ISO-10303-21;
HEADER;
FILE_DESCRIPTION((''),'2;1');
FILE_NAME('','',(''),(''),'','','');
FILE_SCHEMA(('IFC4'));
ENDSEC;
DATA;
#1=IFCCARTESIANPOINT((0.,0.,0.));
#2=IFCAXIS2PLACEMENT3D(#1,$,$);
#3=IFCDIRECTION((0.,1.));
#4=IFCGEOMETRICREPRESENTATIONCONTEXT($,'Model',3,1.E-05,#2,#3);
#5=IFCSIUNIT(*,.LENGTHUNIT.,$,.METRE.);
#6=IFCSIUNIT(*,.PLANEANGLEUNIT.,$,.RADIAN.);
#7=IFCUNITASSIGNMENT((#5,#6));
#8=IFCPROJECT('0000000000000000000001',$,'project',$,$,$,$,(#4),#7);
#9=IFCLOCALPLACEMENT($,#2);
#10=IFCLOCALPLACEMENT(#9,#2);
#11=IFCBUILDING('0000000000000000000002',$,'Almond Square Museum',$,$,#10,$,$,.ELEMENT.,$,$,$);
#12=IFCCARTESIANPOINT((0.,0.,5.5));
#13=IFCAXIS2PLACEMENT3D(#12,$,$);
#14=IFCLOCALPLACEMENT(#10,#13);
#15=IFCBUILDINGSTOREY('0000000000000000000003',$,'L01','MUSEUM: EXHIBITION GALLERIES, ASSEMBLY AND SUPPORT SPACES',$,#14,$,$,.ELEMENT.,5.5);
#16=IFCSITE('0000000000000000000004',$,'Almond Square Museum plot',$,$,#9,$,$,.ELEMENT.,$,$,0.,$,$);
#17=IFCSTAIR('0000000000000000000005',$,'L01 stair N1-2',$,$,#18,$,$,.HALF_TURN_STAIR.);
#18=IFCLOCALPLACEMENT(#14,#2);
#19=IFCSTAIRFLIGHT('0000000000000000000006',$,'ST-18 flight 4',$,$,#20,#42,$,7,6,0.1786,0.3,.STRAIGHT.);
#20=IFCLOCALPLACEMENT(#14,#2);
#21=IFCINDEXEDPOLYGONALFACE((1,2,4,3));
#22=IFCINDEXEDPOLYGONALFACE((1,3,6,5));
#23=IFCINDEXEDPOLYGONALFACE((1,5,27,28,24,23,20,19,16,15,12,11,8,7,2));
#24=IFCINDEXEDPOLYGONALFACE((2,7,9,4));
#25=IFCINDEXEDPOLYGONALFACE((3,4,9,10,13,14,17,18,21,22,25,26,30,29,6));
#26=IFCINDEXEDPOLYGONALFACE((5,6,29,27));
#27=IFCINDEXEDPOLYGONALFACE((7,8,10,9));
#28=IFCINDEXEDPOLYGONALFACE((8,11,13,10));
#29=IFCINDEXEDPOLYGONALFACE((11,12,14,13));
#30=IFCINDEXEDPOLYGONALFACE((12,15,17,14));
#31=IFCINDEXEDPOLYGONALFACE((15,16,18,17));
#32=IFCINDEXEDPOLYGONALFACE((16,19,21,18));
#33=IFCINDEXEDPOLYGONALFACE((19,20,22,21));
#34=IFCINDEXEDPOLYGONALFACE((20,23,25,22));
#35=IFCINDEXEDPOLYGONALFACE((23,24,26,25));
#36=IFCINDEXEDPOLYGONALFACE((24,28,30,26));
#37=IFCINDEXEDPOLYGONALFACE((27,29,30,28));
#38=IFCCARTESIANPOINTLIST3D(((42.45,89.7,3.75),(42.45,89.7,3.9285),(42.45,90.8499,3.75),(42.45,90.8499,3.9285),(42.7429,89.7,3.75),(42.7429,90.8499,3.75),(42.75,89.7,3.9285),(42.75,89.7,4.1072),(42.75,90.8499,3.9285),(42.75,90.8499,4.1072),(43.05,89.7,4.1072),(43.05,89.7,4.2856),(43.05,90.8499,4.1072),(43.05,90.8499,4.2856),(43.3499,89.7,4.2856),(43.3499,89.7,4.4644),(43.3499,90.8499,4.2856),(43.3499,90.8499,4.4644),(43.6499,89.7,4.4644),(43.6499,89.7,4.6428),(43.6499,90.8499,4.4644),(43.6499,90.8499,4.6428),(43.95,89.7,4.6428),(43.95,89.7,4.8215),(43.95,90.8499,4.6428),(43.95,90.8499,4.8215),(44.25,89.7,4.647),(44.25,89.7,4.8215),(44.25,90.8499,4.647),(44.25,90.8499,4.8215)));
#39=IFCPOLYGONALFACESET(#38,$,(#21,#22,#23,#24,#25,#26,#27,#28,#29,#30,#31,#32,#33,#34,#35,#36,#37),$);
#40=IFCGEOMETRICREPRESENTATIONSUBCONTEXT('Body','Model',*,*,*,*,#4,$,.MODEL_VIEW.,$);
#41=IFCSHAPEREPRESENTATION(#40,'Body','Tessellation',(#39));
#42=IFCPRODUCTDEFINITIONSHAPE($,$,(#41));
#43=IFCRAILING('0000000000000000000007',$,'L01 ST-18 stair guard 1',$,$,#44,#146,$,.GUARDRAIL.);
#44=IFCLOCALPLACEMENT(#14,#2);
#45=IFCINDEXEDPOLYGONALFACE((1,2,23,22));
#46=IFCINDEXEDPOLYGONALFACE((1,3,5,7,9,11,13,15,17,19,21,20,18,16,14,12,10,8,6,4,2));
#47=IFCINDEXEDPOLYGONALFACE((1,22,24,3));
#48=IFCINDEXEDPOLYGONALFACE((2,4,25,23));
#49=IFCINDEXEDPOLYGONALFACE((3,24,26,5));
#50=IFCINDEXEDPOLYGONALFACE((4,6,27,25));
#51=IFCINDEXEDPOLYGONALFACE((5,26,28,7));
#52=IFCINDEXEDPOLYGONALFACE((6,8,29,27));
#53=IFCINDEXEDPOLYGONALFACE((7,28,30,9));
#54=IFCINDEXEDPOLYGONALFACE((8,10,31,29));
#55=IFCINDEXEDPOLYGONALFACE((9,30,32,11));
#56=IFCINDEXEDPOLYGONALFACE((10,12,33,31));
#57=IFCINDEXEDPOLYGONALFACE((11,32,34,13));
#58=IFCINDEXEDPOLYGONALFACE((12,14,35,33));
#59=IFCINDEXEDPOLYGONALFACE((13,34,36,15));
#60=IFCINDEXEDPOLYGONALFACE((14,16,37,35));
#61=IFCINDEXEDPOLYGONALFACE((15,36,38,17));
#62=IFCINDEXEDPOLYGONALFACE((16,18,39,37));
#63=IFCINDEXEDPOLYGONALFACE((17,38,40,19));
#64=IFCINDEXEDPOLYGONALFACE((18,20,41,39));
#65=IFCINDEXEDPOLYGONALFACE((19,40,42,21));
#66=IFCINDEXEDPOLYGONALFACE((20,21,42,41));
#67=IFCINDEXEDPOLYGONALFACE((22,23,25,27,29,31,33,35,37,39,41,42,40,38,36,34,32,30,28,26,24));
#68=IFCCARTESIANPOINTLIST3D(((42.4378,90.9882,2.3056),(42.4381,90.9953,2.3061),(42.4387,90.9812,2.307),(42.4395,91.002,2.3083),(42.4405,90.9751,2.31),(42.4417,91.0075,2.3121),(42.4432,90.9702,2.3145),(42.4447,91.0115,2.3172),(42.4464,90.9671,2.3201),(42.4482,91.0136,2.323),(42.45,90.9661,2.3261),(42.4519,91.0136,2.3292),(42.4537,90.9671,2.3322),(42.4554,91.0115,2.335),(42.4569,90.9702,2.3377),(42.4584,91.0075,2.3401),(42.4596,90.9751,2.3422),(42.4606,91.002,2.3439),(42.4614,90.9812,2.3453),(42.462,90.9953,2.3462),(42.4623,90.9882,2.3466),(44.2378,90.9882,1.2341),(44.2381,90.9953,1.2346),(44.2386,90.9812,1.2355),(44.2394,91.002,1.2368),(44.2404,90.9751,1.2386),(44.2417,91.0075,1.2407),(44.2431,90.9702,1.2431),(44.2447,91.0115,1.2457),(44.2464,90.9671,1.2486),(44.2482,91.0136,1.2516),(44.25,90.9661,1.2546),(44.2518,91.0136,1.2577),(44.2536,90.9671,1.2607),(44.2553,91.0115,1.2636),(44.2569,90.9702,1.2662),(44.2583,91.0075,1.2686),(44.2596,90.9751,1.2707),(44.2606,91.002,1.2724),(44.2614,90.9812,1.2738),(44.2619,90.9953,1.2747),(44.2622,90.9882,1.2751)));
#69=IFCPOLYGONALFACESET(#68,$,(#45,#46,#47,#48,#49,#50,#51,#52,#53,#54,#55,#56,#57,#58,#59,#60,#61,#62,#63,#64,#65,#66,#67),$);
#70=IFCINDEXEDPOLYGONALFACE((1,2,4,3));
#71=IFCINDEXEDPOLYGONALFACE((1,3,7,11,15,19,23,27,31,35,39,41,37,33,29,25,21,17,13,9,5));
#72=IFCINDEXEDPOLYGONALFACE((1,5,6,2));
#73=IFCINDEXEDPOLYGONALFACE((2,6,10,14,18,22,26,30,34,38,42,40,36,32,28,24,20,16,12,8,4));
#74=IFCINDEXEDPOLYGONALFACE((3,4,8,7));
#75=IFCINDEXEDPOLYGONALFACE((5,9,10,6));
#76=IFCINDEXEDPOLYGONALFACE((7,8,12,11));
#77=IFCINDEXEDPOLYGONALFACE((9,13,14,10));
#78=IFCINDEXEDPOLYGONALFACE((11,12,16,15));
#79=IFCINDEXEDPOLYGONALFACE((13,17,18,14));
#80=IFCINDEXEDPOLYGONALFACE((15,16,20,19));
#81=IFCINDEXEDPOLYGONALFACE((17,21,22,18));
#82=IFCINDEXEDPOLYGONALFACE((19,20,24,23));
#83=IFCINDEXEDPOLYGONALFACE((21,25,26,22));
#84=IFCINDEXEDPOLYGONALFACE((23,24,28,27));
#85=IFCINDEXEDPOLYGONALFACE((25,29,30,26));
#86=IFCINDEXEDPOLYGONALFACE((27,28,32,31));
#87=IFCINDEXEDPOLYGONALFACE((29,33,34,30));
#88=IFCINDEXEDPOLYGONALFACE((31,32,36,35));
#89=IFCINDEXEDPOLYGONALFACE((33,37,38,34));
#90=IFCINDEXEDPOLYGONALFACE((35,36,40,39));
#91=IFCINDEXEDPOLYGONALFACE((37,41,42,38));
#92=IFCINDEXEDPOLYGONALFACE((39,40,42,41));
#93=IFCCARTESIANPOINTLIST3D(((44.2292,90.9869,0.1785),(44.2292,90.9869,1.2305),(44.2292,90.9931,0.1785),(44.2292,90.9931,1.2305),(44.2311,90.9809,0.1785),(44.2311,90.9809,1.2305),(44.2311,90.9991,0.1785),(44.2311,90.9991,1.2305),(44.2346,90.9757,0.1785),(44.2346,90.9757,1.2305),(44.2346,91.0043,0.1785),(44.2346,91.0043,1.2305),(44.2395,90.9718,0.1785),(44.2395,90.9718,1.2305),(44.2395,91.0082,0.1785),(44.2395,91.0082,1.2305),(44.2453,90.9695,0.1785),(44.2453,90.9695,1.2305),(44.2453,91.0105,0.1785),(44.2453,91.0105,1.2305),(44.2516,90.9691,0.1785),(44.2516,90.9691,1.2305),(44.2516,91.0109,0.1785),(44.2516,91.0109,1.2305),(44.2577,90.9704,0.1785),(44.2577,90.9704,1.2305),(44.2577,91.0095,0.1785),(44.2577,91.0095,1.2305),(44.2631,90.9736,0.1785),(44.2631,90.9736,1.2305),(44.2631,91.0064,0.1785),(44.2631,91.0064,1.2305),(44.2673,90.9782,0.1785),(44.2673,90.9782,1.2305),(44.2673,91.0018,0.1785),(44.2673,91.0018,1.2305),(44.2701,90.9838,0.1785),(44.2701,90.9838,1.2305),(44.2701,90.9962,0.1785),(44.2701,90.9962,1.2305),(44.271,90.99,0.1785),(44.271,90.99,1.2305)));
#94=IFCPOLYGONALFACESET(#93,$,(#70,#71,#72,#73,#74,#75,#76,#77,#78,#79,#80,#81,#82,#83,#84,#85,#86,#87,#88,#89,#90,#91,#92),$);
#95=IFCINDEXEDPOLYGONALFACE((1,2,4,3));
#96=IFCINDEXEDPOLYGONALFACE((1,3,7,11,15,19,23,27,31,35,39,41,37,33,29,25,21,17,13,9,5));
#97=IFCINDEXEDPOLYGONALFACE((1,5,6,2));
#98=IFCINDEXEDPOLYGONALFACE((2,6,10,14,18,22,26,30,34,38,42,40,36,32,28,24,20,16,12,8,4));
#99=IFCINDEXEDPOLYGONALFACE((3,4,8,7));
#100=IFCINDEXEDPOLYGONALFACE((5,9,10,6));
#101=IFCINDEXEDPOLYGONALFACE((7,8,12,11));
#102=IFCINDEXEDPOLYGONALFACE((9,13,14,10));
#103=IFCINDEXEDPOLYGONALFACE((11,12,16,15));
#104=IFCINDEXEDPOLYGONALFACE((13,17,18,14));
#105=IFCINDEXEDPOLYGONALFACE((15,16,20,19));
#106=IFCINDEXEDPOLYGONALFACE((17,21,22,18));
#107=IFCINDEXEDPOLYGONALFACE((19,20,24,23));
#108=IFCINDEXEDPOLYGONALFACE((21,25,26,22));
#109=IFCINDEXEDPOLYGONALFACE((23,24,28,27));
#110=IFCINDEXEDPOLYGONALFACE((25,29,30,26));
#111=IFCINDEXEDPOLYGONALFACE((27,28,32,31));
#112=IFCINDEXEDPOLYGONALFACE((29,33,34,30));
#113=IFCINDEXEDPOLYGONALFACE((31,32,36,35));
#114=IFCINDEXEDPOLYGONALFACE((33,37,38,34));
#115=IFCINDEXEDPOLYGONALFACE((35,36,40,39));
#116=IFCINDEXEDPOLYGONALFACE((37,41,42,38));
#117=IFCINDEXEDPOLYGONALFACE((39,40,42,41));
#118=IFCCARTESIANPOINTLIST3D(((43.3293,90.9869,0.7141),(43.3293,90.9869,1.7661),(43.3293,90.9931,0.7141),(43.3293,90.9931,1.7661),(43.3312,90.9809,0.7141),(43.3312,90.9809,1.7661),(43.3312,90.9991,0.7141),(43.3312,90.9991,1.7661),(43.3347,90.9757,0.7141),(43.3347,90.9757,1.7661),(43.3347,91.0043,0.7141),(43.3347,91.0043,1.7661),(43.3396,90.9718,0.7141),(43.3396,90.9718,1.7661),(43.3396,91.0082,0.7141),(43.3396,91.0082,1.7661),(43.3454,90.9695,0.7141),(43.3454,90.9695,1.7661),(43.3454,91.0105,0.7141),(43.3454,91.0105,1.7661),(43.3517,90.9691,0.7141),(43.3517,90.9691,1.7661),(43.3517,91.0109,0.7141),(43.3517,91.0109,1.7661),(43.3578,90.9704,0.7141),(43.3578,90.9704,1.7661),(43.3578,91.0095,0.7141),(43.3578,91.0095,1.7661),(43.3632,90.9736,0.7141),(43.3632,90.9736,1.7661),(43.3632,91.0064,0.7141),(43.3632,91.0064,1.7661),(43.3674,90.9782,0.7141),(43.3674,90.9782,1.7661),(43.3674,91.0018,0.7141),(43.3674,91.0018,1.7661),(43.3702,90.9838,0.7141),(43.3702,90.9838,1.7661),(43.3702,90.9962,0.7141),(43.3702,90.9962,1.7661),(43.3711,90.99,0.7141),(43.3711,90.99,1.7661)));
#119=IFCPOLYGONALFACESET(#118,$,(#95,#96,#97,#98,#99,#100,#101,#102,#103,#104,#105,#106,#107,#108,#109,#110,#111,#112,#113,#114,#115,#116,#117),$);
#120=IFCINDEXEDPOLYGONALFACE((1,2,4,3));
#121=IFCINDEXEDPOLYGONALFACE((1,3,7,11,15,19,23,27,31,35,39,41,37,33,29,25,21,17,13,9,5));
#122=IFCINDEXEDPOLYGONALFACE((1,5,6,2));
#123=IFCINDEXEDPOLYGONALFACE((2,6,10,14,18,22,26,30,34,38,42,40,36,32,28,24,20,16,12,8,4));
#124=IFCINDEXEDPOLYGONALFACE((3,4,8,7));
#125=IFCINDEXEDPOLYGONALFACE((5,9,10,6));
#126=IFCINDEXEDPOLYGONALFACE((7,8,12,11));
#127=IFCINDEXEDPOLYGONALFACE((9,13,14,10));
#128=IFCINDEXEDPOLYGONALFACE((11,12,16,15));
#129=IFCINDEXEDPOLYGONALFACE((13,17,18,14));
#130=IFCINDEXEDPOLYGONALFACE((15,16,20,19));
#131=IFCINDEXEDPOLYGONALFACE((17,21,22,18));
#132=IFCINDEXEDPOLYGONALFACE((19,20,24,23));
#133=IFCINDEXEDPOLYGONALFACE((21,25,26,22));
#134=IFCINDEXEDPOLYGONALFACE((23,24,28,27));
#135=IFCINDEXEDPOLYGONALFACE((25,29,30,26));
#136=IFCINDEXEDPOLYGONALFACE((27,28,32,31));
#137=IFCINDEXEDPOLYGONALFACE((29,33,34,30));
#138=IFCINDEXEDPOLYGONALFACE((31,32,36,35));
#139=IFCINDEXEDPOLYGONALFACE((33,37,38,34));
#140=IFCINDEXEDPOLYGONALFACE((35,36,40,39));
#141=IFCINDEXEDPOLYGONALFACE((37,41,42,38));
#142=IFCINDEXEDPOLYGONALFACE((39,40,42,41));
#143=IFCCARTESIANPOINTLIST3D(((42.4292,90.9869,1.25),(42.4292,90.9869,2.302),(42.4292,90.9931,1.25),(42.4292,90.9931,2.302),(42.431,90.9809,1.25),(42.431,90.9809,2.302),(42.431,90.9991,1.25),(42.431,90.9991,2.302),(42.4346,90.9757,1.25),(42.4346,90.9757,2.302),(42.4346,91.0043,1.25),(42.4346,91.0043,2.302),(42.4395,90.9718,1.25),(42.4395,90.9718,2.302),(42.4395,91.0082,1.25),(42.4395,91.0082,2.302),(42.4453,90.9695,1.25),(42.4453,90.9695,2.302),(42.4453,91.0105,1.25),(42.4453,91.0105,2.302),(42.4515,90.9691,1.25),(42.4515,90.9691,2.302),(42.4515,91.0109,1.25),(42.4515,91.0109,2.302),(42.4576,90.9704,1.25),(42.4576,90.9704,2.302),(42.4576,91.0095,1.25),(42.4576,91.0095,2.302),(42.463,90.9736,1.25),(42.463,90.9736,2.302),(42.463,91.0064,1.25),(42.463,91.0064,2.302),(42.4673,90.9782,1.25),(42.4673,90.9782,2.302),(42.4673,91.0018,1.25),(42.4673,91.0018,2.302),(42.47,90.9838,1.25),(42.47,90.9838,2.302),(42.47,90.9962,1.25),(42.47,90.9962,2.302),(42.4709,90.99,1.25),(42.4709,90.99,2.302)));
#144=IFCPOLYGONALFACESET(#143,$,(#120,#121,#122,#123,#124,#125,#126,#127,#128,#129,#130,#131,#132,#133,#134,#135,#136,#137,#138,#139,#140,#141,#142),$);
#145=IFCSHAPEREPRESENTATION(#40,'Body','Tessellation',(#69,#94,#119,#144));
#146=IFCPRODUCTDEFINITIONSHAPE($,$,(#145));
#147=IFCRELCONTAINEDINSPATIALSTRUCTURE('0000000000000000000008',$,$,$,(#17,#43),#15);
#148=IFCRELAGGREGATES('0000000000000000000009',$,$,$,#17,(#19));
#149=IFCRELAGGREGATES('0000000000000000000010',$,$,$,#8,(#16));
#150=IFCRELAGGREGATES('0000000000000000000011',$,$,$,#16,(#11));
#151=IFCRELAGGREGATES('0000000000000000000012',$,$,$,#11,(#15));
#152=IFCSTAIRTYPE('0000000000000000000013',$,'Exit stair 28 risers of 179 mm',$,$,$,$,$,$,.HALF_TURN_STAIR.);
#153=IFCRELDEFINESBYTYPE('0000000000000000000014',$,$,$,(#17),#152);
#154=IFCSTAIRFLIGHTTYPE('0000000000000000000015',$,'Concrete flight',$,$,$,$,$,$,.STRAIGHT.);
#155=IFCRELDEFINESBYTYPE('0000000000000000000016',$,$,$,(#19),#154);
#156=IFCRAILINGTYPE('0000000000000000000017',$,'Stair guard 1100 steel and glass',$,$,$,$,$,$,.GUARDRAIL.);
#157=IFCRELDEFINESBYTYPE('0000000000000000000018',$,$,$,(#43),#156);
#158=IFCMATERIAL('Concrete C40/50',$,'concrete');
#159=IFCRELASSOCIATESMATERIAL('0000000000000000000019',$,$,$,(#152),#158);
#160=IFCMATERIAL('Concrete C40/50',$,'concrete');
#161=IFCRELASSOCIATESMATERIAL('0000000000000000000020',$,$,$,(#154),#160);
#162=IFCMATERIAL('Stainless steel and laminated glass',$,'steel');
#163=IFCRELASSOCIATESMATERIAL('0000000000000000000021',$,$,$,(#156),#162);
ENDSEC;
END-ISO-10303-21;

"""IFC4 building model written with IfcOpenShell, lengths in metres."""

from ifc_helpers import new_model, si_unit, direction, frame, origin, origin_2d, place, context, subcontext, project, spatial, polyline, circle, outline, extrude, material, type_object, element, aggregate, save


model = new_model("IFC4")

# Units and contexts
model_context = context("Model", 3, precision=1e-05, world=origin(), true_north=direction((0.0, 1.0)))
body_context = subcontext(model_context, "Body", "Model", "MODEL_VIEW")
ifc_project = project(units=[si_unit("LENGTHUNIT", "METRE"), si_unit("PLANEANGLEUNIT", "RADIAN")], contexts=[model_context])

# Site, building, storey
site_placement = place(None, origin())
site = spatial("IfcSite", under=ifc_project, at=site_placement, Name="Almond Square Museum plot", CompositionType="ELEMENT", RefElevation=0.0)
building_placement = place(site_placement, origin())
building = spatial("IfcBuilding", under=site, at=building_placement, Name="Almond Square Museum", CompositionType="ELEMENT")
storey_placement = place(building_placement, frame((0.0, 0.0, 5.5)))
storey = spatial("IfcBuildingStorey", under=building, at=storey_placement, Name="L01", Description="MUSEUM: EXHIBITION GALLERIES, ASSEMBLY AND SUPPORT SPACES", CompositionType="ELEMENT", Elevation=5.5)

# Stair, stair flight
ifc_material_1 = material(Name="Concrete C40/50", Category="concrete")
stair_type = type_object("IfcStairType", Name="Exit stair 28 risers of 179 mm", PredefinedType="HALF_TURN_STAIR", material=ifc_material_1)
stair_placement = place(storey_placement, origin())
stair = element("IfcStair", 1, at=stair_placement, inside=storey, type_object=stair_type, Name="L01 stair N1-2", PredefinedType="HALF_TURN_STAIR")
ifc_material_2 = material(Name="Concrete C40/50", Category="concrete")
stair_flight_type = type_object("IfcStairFlightType", Name="Concrete flight", PredefinedType="STRAIGHT", material=ifc_material_2)
stair_flight_1_placement = place(storey_placement, frame((42.45, 90.2749, 3.75), z_axis=(0.0, 0.0, 1.0), x_axis=(1.0, 0.0, 0.0)))
stair_flight_1 = element("IfcStairFlight", 2, at=stair_flight_1_placement, type_object=stair_flight_type, Name="ST-18 flight 4", NumberOfRisers=7, NumberOfTreads=6, PredefinedType="STRAIGHT", RiserHeight=0.1786, TreadLength=0.3, context=body_context, shape_type="SweptSolid", body=[
    extrude(outline(polyline([(0.0, 0.0), (0.0, 0.1785), (0.3, 0.1785), (0.3, 0.3572), (0.6001, 0.3572), (0.6001, 0.5356), (0.8999, 0.5356), (0.8999, 0.7144), (1.2, 0.7144), (1.2, 0.8928), (1.5, 0.8928), (1.5, 1.0715), (1.8, 1.0715), (1.8, 1.25), (1.8, 0.897), (0.293, 0.0), (0.0, 0.0)])), frame((0.0, 0.575, 0.0), z_axis=(0.0, -1.0, 0.0), x_axis=(1.0, 0.0, 0.0)), (0.0, 0.0, 1.0), 1.1499),
])
aggregate(stair, [stair_flight_1])

# Railing
ifc_material_3 = material(Name="Stainless steel and laminated glass", Category="steel")
railing_type_1 = type_object("IfcRailingType", Name="Stair guard 1100 steel and glass", PredefinedType="GUARDRAIL", material=ifc_material_3)
railing_1_placement = place(storey_placement, frame((44.25, 90.99, 0.1785)))
element("IfcRailing", 3, at=railing_1_placement, inside=storey, type_object=railing_type_1, Name="L01 ST-18 stair guard 1", PredefinedType="GUARDRAIL", context=body_context, shape_type="SweptSolid", body=[
    extrude(circle(Radius=0.0239, at=origin_2d()), frame((0.0, 0.0, 1.0762), z_axis=(-0.859277, 0.0, 0.51151), x_axis=(0.0, -1.0, 0.0)), (0.0, 0.0, 1.0), 2.0947),
    extrude(circle(Radius=0.021, at=origin_2d()), origin(), (0.0, 0.0, 1.0), 1.052),
    extrude(circle(Radius=0.021, at=origin_2d()), frame((-0.8999, 0.0, 0.5356)), (0.0, 0.0, 1.0), 1.052),
    extrude(circle(Radius=0.021, at=origin_2d()), frame((-1.8, 0.0, 1.0715)), (0.0, 0.0, 1.0), 1.052),
])

save(model, "model.ifc")
